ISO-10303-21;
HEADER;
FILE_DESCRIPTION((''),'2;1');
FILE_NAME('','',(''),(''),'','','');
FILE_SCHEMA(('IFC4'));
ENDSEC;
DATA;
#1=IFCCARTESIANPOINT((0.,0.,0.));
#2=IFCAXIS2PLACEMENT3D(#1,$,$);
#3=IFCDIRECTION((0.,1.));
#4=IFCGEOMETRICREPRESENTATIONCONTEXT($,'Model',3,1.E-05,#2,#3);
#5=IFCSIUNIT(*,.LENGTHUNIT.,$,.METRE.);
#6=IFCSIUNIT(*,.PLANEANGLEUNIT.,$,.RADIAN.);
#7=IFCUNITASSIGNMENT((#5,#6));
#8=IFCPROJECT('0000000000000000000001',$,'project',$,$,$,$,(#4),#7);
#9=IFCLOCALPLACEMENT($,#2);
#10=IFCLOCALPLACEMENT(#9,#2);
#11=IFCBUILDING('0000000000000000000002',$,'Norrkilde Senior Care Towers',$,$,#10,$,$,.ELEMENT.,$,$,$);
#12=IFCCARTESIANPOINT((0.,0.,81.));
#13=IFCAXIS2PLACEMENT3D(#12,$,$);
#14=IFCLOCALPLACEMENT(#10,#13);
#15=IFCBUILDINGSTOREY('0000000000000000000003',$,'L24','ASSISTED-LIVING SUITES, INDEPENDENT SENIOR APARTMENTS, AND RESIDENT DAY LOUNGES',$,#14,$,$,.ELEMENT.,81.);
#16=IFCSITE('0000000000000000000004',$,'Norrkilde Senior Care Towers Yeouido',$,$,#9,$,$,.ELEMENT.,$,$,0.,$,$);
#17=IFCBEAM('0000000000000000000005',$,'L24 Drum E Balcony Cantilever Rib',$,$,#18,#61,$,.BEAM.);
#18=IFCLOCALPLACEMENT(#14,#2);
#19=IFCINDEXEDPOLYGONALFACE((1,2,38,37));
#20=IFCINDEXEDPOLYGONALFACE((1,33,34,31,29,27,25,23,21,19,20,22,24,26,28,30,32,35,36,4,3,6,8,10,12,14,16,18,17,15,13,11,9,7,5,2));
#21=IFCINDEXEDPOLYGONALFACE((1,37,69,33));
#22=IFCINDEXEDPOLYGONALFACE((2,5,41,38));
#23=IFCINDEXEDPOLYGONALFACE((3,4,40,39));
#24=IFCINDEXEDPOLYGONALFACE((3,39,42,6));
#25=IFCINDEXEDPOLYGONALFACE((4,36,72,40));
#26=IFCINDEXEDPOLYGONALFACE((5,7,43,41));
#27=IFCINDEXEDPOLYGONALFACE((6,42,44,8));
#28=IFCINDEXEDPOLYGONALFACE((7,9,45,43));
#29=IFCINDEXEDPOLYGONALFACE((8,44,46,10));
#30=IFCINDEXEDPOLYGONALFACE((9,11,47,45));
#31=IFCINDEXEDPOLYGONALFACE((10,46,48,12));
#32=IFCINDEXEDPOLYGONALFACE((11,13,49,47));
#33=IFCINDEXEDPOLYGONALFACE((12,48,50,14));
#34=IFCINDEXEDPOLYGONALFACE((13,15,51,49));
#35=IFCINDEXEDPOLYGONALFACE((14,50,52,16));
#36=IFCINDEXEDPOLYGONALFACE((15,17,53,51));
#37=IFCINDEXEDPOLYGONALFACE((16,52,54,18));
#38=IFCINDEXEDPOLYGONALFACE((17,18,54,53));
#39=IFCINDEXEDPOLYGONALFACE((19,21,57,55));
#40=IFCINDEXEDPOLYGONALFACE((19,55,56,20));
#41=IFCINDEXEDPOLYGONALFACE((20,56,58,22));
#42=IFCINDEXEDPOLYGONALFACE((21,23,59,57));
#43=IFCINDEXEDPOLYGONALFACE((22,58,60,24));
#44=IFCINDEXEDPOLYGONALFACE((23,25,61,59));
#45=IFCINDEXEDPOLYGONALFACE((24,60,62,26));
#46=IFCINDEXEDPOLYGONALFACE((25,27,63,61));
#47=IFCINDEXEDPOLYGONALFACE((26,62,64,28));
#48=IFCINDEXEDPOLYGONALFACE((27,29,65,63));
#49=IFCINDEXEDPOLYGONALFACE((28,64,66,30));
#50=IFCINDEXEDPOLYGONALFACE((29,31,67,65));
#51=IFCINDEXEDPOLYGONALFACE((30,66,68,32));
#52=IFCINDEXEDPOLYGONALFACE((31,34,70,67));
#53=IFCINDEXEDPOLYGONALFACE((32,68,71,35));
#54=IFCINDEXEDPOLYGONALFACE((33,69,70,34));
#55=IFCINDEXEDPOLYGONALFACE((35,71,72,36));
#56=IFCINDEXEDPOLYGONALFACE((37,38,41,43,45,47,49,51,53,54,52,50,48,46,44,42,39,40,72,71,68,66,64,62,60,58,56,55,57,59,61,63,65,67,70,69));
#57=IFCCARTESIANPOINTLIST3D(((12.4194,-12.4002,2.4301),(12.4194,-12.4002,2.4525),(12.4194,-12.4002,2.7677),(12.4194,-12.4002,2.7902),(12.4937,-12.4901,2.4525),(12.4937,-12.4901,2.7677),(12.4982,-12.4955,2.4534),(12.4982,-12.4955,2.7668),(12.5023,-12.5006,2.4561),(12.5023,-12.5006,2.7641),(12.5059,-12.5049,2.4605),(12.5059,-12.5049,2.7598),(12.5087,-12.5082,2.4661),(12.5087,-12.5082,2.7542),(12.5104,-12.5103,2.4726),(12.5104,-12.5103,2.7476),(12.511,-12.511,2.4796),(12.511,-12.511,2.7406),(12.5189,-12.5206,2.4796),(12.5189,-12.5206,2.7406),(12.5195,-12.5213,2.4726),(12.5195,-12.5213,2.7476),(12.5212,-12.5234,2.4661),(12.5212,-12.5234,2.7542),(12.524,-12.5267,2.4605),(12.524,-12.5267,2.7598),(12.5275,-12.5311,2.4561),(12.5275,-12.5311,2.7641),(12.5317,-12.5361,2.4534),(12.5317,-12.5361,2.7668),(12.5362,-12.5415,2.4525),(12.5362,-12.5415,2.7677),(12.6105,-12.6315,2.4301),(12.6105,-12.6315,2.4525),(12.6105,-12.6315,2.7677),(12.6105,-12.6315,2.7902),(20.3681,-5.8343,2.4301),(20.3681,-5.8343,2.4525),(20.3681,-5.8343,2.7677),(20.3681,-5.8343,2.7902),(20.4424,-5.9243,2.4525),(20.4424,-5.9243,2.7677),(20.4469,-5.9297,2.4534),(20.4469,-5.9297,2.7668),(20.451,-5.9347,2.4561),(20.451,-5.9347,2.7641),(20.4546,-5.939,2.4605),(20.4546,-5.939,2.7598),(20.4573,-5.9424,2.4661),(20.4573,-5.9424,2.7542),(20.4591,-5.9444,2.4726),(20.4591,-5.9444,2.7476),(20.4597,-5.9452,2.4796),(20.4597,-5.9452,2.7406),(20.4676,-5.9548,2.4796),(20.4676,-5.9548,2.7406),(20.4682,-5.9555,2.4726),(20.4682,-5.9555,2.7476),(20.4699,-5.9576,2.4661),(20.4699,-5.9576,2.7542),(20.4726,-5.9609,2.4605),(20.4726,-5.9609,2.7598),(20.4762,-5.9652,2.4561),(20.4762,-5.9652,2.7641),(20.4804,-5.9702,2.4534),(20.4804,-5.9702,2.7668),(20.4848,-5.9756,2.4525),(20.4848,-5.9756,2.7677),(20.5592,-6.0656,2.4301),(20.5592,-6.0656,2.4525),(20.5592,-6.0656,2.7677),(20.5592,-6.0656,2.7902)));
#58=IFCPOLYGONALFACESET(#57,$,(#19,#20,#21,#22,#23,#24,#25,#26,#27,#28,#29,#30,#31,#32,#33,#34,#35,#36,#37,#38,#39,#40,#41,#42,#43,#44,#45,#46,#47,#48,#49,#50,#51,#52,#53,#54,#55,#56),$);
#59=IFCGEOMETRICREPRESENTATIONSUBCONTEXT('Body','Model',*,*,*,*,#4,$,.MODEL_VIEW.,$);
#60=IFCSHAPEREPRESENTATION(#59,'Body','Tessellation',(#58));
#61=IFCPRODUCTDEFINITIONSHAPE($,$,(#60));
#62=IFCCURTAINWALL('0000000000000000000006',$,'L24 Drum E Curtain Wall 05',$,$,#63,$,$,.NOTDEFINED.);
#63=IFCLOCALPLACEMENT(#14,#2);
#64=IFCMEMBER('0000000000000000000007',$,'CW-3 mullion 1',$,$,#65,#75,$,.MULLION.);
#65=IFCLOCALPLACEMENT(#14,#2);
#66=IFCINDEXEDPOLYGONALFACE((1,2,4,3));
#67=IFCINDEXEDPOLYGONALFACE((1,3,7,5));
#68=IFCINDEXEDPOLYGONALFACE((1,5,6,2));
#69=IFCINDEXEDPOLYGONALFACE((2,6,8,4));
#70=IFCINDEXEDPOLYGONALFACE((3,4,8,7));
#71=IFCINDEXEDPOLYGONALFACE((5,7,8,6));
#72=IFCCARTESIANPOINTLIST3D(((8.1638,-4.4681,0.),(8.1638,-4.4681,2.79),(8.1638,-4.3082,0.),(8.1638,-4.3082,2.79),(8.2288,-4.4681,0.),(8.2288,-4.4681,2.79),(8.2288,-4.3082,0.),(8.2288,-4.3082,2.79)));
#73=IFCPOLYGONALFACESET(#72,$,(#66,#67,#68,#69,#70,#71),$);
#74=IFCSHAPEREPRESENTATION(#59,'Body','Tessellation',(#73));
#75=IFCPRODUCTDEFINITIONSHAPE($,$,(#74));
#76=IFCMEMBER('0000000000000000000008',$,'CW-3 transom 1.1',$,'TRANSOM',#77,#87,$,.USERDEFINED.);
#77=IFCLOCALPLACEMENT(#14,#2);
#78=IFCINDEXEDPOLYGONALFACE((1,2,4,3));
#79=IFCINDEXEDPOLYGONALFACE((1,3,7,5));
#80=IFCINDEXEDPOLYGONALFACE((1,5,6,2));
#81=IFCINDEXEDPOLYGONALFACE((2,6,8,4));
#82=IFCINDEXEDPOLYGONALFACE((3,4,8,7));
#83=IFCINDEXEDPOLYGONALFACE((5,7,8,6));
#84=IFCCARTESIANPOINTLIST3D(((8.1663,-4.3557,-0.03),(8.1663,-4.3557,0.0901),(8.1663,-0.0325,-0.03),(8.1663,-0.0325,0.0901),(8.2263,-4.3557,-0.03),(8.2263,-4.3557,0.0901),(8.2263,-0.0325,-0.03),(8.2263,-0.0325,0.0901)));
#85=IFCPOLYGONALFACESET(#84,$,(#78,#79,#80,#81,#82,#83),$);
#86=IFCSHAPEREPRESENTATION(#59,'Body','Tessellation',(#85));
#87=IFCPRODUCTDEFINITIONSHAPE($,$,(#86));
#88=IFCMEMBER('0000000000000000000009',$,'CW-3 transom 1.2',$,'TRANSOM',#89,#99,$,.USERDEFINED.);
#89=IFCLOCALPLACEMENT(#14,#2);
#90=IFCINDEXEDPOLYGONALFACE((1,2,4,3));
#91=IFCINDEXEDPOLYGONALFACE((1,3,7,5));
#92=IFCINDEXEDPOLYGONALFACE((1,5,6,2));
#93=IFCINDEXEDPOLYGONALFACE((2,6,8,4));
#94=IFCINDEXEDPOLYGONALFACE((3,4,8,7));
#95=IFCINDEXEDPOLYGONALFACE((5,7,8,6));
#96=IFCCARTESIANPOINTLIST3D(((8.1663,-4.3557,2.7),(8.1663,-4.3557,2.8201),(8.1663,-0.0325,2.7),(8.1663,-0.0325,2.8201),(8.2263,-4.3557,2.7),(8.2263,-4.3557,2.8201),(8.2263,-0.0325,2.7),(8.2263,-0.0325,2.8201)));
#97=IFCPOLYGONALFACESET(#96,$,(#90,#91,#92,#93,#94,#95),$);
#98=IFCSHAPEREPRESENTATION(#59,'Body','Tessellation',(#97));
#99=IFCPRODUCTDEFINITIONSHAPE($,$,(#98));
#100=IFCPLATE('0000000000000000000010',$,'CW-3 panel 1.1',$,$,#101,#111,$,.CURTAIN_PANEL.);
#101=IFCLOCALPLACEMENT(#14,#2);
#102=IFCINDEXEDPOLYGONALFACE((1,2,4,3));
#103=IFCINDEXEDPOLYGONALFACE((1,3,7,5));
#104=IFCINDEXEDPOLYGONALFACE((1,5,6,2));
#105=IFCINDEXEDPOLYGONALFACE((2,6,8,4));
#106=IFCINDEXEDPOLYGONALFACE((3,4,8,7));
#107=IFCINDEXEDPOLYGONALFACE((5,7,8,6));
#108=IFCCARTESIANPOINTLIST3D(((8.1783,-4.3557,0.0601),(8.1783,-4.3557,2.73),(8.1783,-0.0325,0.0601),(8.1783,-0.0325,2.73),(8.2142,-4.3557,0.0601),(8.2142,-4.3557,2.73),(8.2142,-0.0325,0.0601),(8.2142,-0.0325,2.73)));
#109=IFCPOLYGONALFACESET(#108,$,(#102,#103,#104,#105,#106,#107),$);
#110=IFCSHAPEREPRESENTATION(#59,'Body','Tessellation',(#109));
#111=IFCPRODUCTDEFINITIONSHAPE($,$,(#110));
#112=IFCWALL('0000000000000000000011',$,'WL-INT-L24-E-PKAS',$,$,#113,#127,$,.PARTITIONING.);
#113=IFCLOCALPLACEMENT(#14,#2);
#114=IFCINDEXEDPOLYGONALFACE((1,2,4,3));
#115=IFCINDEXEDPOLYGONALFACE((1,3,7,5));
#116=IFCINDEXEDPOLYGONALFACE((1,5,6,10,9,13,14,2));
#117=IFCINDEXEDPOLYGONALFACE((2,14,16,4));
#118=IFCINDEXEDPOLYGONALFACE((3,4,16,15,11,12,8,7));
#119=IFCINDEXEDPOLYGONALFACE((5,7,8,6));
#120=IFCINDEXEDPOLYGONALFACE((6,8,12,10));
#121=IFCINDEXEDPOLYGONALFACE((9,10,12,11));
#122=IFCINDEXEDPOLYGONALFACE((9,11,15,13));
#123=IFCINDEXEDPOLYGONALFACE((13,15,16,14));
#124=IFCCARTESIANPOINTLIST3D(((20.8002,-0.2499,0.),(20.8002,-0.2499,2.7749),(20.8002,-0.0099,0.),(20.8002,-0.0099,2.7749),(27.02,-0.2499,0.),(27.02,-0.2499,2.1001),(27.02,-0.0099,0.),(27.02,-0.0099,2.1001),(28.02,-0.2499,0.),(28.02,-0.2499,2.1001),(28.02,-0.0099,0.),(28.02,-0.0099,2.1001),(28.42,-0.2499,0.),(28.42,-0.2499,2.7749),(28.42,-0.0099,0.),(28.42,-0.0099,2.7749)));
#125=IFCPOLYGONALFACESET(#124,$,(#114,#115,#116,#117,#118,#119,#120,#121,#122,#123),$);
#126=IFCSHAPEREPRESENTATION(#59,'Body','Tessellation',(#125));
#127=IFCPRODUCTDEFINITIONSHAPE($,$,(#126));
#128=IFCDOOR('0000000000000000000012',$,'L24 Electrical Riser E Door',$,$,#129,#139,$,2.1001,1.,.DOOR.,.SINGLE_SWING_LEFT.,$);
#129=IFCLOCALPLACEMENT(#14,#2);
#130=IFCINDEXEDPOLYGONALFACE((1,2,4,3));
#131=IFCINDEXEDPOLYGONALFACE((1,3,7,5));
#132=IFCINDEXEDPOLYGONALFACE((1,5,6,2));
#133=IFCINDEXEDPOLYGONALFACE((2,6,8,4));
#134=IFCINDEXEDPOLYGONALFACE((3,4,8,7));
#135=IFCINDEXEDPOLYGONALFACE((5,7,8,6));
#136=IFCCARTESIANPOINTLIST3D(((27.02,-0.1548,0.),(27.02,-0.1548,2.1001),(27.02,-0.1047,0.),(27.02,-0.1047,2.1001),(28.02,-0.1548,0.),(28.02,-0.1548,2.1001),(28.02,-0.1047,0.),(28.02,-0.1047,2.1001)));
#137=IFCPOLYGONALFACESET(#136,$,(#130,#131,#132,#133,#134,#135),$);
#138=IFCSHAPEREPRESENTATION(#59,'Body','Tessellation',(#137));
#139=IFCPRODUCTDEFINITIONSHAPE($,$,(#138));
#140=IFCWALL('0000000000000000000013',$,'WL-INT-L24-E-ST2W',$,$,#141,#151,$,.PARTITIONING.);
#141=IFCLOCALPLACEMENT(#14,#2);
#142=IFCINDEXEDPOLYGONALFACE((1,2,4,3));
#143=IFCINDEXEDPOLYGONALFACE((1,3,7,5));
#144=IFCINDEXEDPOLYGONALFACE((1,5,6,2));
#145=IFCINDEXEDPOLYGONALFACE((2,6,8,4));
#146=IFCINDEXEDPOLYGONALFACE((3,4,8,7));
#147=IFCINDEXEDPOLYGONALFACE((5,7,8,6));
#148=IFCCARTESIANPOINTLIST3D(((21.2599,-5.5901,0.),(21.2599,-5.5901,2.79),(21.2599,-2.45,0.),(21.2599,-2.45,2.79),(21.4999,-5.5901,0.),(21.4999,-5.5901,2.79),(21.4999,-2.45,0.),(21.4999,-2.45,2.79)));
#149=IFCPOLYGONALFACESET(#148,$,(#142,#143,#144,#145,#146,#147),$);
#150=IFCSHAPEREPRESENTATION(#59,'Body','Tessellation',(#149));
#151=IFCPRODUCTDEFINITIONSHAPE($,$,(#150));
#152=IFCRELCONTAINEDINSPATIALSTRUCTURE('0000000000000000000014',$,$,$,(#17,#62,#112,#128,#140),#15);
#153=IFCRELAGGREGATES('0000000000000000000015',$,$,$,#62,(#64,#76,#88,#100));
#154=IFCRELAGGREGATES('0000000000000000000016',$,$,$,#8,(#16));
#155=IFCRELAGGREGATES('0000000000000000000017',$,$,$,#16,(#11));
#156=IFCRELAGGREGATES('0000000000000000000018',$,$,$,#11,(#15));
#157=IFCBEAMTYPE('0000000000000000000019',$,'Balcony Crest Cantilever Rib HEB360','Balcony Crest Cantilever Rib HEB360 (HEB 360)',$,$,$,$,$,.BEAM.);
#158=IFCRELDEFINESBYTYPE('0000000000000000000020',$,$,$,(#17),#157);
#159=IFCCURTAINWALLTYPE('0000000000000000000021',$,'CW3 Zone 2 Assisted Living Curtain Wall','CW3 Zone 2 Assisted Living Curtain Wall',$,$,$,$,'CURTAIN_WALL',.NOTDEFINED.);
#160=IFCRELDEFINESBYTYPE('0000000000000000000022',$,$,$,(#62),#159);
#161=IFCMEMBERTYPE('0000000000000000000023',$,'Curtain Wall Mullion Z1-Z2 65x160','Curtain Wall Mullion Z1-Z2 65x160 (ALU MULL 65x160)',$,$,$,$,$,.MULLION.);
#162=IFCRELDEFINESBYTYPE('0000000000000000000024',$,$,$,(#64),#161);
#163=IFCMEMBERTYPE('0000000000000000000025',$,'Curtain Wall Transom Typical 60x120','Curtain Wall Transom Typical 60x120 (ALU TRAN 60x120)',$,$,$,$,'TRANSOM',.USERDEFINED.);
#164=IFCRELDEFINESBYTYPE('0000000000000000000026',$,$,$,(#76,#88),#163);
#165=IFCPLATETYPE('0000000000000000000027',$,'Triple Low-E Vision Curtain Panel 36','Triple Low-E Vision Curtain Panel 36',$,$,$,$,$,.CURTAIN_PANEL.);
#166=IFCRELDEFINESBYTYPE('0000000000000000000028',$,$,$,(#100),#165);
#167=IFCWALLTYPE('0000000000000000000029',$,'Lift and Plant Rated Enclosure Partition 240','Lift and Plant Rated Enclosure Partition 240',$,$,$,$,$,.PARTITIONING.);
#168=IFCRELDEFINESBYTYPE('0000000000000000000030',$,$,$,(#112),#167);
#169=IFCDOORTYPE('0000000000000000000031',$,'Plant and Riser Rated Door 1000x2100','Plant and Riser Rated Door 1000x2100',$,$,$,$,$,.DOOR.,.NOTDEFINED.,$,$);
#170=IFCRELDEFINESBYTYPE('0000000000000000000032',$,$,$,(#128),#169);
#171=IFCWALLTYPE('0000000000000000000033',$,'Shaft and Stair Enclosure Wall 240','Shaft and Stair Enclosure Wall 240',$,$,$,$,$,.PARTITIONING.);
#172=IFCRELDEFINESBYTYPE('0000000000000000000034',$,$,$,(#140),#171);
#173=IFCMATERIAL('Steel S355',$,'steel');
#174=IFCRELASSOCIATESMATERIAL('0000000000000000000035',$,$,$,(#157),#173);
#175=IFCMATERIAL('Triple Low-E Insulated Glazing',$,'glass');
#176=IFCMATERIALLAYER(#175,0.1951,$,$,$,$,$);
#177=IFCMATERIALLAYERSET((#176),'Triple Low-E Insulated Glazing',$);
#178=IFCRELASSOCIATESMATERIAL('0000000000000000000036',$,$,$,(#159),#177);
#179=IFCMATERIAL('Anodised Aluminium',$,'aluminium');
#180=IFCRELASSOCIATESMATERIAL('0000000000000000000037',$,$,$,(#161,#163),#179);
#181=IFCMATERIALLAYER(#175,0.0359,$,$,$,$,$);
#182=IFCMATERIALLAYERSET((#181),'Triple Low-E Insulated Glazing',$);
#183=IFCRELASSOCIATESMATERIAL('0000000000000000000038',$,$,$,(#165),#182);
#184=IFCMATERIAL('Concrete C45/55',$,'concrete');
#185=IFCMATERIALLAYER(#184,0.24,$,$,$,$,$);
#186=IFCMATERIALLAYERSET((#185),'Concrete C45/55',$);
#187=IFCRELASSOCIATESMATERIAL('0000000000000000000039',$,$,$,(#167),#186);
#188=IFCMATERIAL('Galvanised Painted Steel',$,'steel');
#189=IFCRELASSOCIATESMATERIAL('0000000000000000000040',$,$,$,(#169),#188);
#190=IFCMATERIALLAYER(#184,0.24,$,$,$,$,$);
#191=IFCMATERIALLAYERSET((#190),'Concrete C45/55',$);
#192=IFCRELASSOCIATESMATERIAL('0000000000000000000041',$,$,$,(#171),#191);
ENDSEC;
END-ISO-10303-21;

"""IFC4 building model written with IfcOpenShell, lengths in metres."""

from ifc_helpers import new_model, si_unit, direction, frame, frame_2d, origin, origin_2d, place, context, subcontext, project, spatial, rectangle, i_section, extrude, source, transform, mapped, material, layer, layer_set, material_profile, profile_set, type_object, type_shapes, element, fill, aggregate, save


model = new_model("IFC4")

# Units and contexts
model_context = context("Model", 3, precision=1e-05, world=origin(), true_north=direction((0.0, 1.0)))
body_context = subcontext(model_context, "Body", "Model", "MODEL_VIEW")
ifc_project = project(units=[si_unit("LENGTHUNIT", "METRE"), si_unit("PLANEANGLEUNIT", "RADIAN")], contexts=[model_context])

# Site, building, storey
site_placement = place(None, origin())
site = spatial("IfcSite", under=ifc_project, at=site_placement, Name="Norrkilde Senior Care Towers Yeouido", CompositionType="ELEMENT", RefElevation=0.0)
building_placement = place(site_placement, origin())
building = spatial("IfcBuilding", under=site, at=building_placement, Name="Norrkilde Senior Care Towers", CompositionType="ELEMENT")
storey_placement = place(building_placement, frame((0.0, 0.0, 81.0)))
storey = spatial("IfcBuildingStorey", under=building, at=storey_placement, Name="L24", Description="ASSISTED-LIVING SUITES, INDEPENDENT SENIOR APARTMENTS, AND RESIDENT DAY LOUNGES", CompositionType="ELEMENT", Elevation=81.0)

# Beam
ifc_material_1 = material(Name="Steel S355", Category="steel")
ifc_material_profile_1 = material_profile(ifc_material_1, i_section(OverallWidth=0.3, OverallDepth=0.3601, WebThickness=0.0125, FlangeThickness=0.0225, FilletRadius=0.0271, at=origin_2d()), Name="HEB 360")
ifc_profile_set_1 = profile_set([ifc_material_profile_1], Name="Steel S355")
beam_type_1 = type_object("IfcBeamType", Name="Balcony Crest Cantilever Rib HEB360", Description="Balcony Crest Cantilever Rib HEB360 (HEB 360)", PredefinedType="BEAM", material=ifc_profile_set_1)
shared_shape_1 = source(origin(), body_context, "Body", "SweptSolid", [
    extrude(i_section(OverallWidth=0.3, OverallDepth=0.3601, WebThickness=0.0125, FlangeThickness=0.0225, FilletRadius=0.0271, at=origin_2d()), origin(), (0.0, 0.0, 1.0), 10.3098),
])
type_shapes(beam_type_1, [shared_shape_1])
beam_1_placement = place(storey_placement, frame((20.4636, -5.95, 2.6101), z_axis=(-0.770982, -0.636857, 0.0), x_axis=(0.636857, -0.770982, 0.0)))
element("IfcBeam", 1, at=beam_1_placement, inside=storey, type_object=beam_type_1, Name="L24 Drum E Balcony Cantilever Rib", PredefinedType="BEAM", context=body_context, shape_type="MappedRepresentation", body=[
    mapped(shared_shape_1, transform((0.0, 0.0, 0.0), x_axis=(1.0, 0.0, 0.0), y_axis=(0.0, 1.0, 0.0), z_axis=(0.0, 0.0, 1.0), scale=1.0)),
])

# Curtain wall, members, plate
ifc_material_2 = material(Name="Triple Low-E Insulated Glazing", Category="glass")
ifc_layer_1 = layer(ifc_material_2, 0.1951)
ifc_layer_set_1 = layer_set([ifc_layer_1], Name="Triple Low-E Insulated Glazing")
curtain_wall_type = type_object("IfcCurtainWallType", Name="CW3 Zone 2 Assisted Living Curtain Wall", Description="CW3 Zone 2 Assisted Living Curtain Wall", ElementType="CURTAIN_WALL", PredefinedType="NOTDEFINED", material=ifc_layer_set_1)
curtain_wall_placement = place(storey_placement, origin())
curtain_wall = element("IfcCurtainWall", 2, at=curtain_wall_placement, inside=storey, type_object=curtain_wall_type, Name="L24 Drum E Curtain Wall 05", PredefinedType="NOTDEFINED")
ifc_material_3 = material(Name="Anodised Aluminium", Category="aluminium")
ifc_material_profile_2 = material_profile(ifc_material_3, rectangle(XDim=0.0649, YDim=0.1599, at=origin_2d()), Name="ALU MULL 65x160")
ifc_profile_set_2 = profile_set([ifc_material_profile_2], Name="Anodised Aluminium")
member_type_1 = type_object("IfcMemberType", Name="Curtain Wall Mullion Z1-Z2 65x160", Description="Curtain Wall Mullion Z1-Z2 65x160 (ALU MULL 65x160)", PredefinedType="MULLION", material=ifc_profile_set_2)
shared_shape_2 = source(origin(), body_context, "Body", "SweptSolid", [
    extrude(rectangle(XDim=0.0649, YDim=0.1599, at=origin_2d()), origin(), (0.0, 0.0, 1.0), 2.79),
])
type_shapes(member_type_1, [shared_shape_2])
member_1_placement = place(storey_placement, frame((8.1963, -4.3882, 0.0), z_axis=(0.0, 0.0, 1.0), x_axis=(-1.0, 0.0, 0.0)))
member_1 = element("IfcMember", 3, at=member_1_placement, type_object=member_type_1, Name="CW-3 mullion 1", PredefinedType="MULLION", context=body_context, shape_type="MappedRepresentation", body=[
    mapped(shared_shape_2, transform((0.0, 0.0, 0.0), x_axis=(1.0, 0.0, 0.0), y_axis=(0.0, 1.0, 0.0), z_axis=(0.0, 0.0, 1.0), scale=1.0)),
])
ifc_material_profile_3 = material_profile(ifc_material_3, rectangle(XDim=0.0601, YDim=0.1201, at=origin_2d()), Name="ALU TRAN 60x120")
ifc_profile_set_3 = profile_set([ifc_material_profile_3], Name="Anodised Aluminium")
member_type_2 = type_object("IfcMemberType", Name="Curtain Wall Transom Typical 60x120", Description="Curtain Wall Transom Typical 60x120 (ALU TRAN 60x120)", ElementType="TRANSOM", PredefinedType="USERDEFINED", material=ifc_profile_set_3)
shared_shape_3 = source(origin(), body_context, "Body", "SweptSolid", [
    extrude(rectangle(XDim=0.0601, YDim=0.1201, at=origin_2d()), origin(), (0.0, 0.0, 1.0), 4.3232),
])
type_shapes(member_type_2, [shared_shape_3])
member_2_placement = place(storey_placement, frame((8.1963, -4.3557, 0.03), z_axis=(0.0, 1.0, 0.0), x_axis=(-1.0, 0.0, 0.0)))
member_2 = element("IfcMember", 4, at=member_2_placement, type_object=member_type_2, Name="CW-3 transom 1.1", ObjectType="TRANSOM", PredefinedType="USERDEFINED", context=body_context, shape_type="MappedRepresentation", body=[
    mapped(shared_shape_3, transform((0.0, 0.0, 0.0), x_axis=(1.0, 0.0, 0.0), y_axis=(0.0, 1.0, 0.0), z_axis=(0.0, 0.0, 1.0), scale=1.0)),
])
member_3_placement = place(storey_placement, frame((8.1963, -4.3557, 2.76), z_axis=(0.0, 1.0, 0.0), x_axis=(-1.0, 0.0, 0.0)))
member_3 = element("IfcMember", 5, at=member_3_placement, type_object=member_type_2, Name="CW-3 transom 1.2", ObjectType="TRANSOM", PredefinedType="USERDEFINED", context=body_context, shape_type="MappedRepresentation", body=[
    mapped(shared_shape_3, transform((0.0, 0.0, 0.0), x_axis=(1.0, 0.0, 0.0), y_axis=(0.0, 1.0, 0.0), z_axis=(0.0, 0.0, 1.0), scale=1.0)),
])
ifc_layer_2 = layer(ifc_material_2, 0.0359)
ifc_layer_set_2 = layer_set([ifc_layer_2], Name="Triple Low-E Insulated Glazing")
plate_type = type_object("IfcPlateType", Name="Triple Low-E Vision Curtain Panel 36", Description="Triple Low-E Vision Curtain Panel 36", PredefinedType="CURTAIN_PANEL", material=ifc_layer_set_2)
shared_shape_4 = source(origin(), body_context, "Body", "SweptSolid", [
    extrude(rectangle(XDim=4.3232, YDim=0.0359, at=origin_2d()), origin(), (0.0, 0.0, 1.0), 2.6699),
])
type_shapes(plate_type, [shared_shape_4])
plate_placement = place(storey_placement, frame((8.1963, -2.1941, 0.0601), z_axis=(0.0, 0.0, 1.0), x_axis=(0.0, 1.0, 0.0)))
plate = element("IfcPlate", 6, at=plate_placement, type_object=plate_type, Name="CW-3 panel 1.1", PredefinedType="CURTAIN_PANEL", context=body_context, shape_type="MappedRepresentation", body=[
    mapped(shared_shape_4, transform((0.0, 0.0, 0.0), x_axis=(1.0, 0.0, 0.0), y_axis=(0.0, 1.0, 0.0), z_axis=(0.0, 0.0, 1.0), scale=1.0)),
])
aggregate(curtain_wall, [member_1, member_2, member_3, plate])

# Wall, opening, door
ifc_material_4 = material(Name="Galvanised Painted Steel", Category="steel")
ifc_material_5 = material(Name="Concrete C45/55", Category="concrete")
ifc_layer_3 = layer(ifc_material_5, 0.24)
ifc_layer_set_3 = layer_set([ifc_layer_3], Name="Concrete C45/55")
wall_type_1 = type_object("IfcWallType", Name="Lift and Plant Rated Enclosure Partition 240", Description="Lift and Plant Rated Enclosure Partition 240", PredefinedType="PARTITIONING", material=ifc_layer_set_3)
shared_shape_5 = source(origin(), body_context, "Body", "SweptSolid", [
    extrude(rectangle(XDim=7.6199, YDim=0.24, at=frame_2d((3.8101, 0.0))), origin(), (0.0, 0.0, 1.0), 2.7749),
])
type_shapes(wall_type_1, [shared_shape_5])
wall_1_placement = place(storey_placement, frame((20.8, -0.1299, 0.0), z_axis=(0.0, 0.0, 1.0), x_axis=(1.0, 0.0, 0.0)))
wall_1 = element("IfcWall", 7, at=wall_1_placement, inside=storey, type_object=wall_type_1, Name="WL-INT-L24-E-PKAS", PredefinedType="PARTITIONING", context=body_context, shape_type="MappedRepresentation", body=[
    mapped(shared_shape_5, transform((0.0, 0.0, 0.0), x_axis=(1.0, 0.0, 0.0), y_axis=(0.0, 1.0, 0.0), z_axis=(0.0, 0.0, 1.0), scale=1.0)),
])
opening_1_placement = place(wall_1_placement, frame((6.22, 0.0, 0.0)))
opening_1 = element("IfcOpeningElement", 8, at=opening_1_placement, cuts=wall_1, PredefinedType="OPENING", context=body_context, shape_type="SweptSolid", body=[
    extrude(rectangle(XDim=1.0, YDim=2.1001, at=frame_2d((0.5, 1.05))), frame((0.0, 0.1299, 0.0), z_axis=(0.0, -1.0, 0.0), x_axis=(1.0, 0.0, 0.0)), (0.0, 0.0, 1.0), 0.26),
])
door_type_1 = type_object("IfcDoorType", Name="Plant and Riser Rated Door 1000x2100", Description="Plant and Riser Rated Door 1000x2100", OperationType="NOTDEFINED", PredefinedType="DOOR", material=ifc_material_4)
shared_shape_6 = source(origin(), body_context, "Body", "SweptSolid", [
    extrude(rectangle(XDim=1.0, YDim=2.1001, at=frame_2d((0.5, 1.05))), frame((0.0, 0.0249, 0.0), z_axis=(0.0, -1.0, 0.0), x_axis=(1.0, 0.0, 0.0)), (0.0, 0.0, 1.0), 0.05),
])
type_shapes(door_type_1, [shared_shape_6])
door_1_placement = place(opening_1_placement, frame((1.0, 0.0, 0.0), z_axis=(0.0, 0.0, 1.0), x_axis=(-1.0, 0.0, 0.0)))
door_1 = element("IfcDoor", 9, at=door_1_placement, inside=storey, type_object=door_type_1, Name="L24 Electrical Riser E Door", OperationType="SINGLE_SWING_LEFT", OverallHeight=2.1001, OverallWidth=1.0, PredefinedType="DOOR", context=body_context, shape_type="MappedRepresentation", body=[
    mapped(shared_shape_6, transform((0.0, 0.0, 0.0), x_axis=(1.0, 0.0, 0.0), y_axis=(0.0, 1.0, 0.0), z_axis=(0.0, 0.0, 1.0), scale=1.0)),
])
fill(opening_1, door_1)
ifc_layer_4 = layer(ifc_material_5, 0.24)
ifc_layer_set_4 = layer_set([ifc_layer_4], Name="Concrete C45/55")
wall_type_2 = type_object("IfcWallType", Name="Shaft and Stair Enclosure Wall 240", Description="Shaft and Stair Enclosure Wall 240", PredefinedType="PARTITIONING", material=ifc_layer_set_4)

# Wall
shared_shape_7 = source(origin(), body_context, "Body", "SweptSolid", [
    extrude(rectangle(XDim=3.1401, YDim=0.24, at=frame_2d((1.5701, 0.0))), origin(), (0.0, 0.0, 1.0), 2.79),
])
wall_2_placement = place(storey_placement, frame((21.3799, -5.5901, 0.0), z_axis=(0.0, 0.0, 1.0), x_axis=(0.0, 1.0, 0.0)))
element("IfcWall", 10, at=wall_2_placement, inside=storey, type_object=wall_type_2, Name="WL-INT-L24-E-ST2W", PredefinedType="PARTITIONING", context=body_context, shape_type="MappedRepresentation", body=[
    mapped(shared_shape_7, transform((0.0, 0.0, 0.0), x_axis=(1.0, 0.0, 0.0), y_axis=(0.0, 1.0, 0.0), z_axis=(0.0, 0.0, 1.0), scale=1.0)),
])

save(model, "model.ifc")
